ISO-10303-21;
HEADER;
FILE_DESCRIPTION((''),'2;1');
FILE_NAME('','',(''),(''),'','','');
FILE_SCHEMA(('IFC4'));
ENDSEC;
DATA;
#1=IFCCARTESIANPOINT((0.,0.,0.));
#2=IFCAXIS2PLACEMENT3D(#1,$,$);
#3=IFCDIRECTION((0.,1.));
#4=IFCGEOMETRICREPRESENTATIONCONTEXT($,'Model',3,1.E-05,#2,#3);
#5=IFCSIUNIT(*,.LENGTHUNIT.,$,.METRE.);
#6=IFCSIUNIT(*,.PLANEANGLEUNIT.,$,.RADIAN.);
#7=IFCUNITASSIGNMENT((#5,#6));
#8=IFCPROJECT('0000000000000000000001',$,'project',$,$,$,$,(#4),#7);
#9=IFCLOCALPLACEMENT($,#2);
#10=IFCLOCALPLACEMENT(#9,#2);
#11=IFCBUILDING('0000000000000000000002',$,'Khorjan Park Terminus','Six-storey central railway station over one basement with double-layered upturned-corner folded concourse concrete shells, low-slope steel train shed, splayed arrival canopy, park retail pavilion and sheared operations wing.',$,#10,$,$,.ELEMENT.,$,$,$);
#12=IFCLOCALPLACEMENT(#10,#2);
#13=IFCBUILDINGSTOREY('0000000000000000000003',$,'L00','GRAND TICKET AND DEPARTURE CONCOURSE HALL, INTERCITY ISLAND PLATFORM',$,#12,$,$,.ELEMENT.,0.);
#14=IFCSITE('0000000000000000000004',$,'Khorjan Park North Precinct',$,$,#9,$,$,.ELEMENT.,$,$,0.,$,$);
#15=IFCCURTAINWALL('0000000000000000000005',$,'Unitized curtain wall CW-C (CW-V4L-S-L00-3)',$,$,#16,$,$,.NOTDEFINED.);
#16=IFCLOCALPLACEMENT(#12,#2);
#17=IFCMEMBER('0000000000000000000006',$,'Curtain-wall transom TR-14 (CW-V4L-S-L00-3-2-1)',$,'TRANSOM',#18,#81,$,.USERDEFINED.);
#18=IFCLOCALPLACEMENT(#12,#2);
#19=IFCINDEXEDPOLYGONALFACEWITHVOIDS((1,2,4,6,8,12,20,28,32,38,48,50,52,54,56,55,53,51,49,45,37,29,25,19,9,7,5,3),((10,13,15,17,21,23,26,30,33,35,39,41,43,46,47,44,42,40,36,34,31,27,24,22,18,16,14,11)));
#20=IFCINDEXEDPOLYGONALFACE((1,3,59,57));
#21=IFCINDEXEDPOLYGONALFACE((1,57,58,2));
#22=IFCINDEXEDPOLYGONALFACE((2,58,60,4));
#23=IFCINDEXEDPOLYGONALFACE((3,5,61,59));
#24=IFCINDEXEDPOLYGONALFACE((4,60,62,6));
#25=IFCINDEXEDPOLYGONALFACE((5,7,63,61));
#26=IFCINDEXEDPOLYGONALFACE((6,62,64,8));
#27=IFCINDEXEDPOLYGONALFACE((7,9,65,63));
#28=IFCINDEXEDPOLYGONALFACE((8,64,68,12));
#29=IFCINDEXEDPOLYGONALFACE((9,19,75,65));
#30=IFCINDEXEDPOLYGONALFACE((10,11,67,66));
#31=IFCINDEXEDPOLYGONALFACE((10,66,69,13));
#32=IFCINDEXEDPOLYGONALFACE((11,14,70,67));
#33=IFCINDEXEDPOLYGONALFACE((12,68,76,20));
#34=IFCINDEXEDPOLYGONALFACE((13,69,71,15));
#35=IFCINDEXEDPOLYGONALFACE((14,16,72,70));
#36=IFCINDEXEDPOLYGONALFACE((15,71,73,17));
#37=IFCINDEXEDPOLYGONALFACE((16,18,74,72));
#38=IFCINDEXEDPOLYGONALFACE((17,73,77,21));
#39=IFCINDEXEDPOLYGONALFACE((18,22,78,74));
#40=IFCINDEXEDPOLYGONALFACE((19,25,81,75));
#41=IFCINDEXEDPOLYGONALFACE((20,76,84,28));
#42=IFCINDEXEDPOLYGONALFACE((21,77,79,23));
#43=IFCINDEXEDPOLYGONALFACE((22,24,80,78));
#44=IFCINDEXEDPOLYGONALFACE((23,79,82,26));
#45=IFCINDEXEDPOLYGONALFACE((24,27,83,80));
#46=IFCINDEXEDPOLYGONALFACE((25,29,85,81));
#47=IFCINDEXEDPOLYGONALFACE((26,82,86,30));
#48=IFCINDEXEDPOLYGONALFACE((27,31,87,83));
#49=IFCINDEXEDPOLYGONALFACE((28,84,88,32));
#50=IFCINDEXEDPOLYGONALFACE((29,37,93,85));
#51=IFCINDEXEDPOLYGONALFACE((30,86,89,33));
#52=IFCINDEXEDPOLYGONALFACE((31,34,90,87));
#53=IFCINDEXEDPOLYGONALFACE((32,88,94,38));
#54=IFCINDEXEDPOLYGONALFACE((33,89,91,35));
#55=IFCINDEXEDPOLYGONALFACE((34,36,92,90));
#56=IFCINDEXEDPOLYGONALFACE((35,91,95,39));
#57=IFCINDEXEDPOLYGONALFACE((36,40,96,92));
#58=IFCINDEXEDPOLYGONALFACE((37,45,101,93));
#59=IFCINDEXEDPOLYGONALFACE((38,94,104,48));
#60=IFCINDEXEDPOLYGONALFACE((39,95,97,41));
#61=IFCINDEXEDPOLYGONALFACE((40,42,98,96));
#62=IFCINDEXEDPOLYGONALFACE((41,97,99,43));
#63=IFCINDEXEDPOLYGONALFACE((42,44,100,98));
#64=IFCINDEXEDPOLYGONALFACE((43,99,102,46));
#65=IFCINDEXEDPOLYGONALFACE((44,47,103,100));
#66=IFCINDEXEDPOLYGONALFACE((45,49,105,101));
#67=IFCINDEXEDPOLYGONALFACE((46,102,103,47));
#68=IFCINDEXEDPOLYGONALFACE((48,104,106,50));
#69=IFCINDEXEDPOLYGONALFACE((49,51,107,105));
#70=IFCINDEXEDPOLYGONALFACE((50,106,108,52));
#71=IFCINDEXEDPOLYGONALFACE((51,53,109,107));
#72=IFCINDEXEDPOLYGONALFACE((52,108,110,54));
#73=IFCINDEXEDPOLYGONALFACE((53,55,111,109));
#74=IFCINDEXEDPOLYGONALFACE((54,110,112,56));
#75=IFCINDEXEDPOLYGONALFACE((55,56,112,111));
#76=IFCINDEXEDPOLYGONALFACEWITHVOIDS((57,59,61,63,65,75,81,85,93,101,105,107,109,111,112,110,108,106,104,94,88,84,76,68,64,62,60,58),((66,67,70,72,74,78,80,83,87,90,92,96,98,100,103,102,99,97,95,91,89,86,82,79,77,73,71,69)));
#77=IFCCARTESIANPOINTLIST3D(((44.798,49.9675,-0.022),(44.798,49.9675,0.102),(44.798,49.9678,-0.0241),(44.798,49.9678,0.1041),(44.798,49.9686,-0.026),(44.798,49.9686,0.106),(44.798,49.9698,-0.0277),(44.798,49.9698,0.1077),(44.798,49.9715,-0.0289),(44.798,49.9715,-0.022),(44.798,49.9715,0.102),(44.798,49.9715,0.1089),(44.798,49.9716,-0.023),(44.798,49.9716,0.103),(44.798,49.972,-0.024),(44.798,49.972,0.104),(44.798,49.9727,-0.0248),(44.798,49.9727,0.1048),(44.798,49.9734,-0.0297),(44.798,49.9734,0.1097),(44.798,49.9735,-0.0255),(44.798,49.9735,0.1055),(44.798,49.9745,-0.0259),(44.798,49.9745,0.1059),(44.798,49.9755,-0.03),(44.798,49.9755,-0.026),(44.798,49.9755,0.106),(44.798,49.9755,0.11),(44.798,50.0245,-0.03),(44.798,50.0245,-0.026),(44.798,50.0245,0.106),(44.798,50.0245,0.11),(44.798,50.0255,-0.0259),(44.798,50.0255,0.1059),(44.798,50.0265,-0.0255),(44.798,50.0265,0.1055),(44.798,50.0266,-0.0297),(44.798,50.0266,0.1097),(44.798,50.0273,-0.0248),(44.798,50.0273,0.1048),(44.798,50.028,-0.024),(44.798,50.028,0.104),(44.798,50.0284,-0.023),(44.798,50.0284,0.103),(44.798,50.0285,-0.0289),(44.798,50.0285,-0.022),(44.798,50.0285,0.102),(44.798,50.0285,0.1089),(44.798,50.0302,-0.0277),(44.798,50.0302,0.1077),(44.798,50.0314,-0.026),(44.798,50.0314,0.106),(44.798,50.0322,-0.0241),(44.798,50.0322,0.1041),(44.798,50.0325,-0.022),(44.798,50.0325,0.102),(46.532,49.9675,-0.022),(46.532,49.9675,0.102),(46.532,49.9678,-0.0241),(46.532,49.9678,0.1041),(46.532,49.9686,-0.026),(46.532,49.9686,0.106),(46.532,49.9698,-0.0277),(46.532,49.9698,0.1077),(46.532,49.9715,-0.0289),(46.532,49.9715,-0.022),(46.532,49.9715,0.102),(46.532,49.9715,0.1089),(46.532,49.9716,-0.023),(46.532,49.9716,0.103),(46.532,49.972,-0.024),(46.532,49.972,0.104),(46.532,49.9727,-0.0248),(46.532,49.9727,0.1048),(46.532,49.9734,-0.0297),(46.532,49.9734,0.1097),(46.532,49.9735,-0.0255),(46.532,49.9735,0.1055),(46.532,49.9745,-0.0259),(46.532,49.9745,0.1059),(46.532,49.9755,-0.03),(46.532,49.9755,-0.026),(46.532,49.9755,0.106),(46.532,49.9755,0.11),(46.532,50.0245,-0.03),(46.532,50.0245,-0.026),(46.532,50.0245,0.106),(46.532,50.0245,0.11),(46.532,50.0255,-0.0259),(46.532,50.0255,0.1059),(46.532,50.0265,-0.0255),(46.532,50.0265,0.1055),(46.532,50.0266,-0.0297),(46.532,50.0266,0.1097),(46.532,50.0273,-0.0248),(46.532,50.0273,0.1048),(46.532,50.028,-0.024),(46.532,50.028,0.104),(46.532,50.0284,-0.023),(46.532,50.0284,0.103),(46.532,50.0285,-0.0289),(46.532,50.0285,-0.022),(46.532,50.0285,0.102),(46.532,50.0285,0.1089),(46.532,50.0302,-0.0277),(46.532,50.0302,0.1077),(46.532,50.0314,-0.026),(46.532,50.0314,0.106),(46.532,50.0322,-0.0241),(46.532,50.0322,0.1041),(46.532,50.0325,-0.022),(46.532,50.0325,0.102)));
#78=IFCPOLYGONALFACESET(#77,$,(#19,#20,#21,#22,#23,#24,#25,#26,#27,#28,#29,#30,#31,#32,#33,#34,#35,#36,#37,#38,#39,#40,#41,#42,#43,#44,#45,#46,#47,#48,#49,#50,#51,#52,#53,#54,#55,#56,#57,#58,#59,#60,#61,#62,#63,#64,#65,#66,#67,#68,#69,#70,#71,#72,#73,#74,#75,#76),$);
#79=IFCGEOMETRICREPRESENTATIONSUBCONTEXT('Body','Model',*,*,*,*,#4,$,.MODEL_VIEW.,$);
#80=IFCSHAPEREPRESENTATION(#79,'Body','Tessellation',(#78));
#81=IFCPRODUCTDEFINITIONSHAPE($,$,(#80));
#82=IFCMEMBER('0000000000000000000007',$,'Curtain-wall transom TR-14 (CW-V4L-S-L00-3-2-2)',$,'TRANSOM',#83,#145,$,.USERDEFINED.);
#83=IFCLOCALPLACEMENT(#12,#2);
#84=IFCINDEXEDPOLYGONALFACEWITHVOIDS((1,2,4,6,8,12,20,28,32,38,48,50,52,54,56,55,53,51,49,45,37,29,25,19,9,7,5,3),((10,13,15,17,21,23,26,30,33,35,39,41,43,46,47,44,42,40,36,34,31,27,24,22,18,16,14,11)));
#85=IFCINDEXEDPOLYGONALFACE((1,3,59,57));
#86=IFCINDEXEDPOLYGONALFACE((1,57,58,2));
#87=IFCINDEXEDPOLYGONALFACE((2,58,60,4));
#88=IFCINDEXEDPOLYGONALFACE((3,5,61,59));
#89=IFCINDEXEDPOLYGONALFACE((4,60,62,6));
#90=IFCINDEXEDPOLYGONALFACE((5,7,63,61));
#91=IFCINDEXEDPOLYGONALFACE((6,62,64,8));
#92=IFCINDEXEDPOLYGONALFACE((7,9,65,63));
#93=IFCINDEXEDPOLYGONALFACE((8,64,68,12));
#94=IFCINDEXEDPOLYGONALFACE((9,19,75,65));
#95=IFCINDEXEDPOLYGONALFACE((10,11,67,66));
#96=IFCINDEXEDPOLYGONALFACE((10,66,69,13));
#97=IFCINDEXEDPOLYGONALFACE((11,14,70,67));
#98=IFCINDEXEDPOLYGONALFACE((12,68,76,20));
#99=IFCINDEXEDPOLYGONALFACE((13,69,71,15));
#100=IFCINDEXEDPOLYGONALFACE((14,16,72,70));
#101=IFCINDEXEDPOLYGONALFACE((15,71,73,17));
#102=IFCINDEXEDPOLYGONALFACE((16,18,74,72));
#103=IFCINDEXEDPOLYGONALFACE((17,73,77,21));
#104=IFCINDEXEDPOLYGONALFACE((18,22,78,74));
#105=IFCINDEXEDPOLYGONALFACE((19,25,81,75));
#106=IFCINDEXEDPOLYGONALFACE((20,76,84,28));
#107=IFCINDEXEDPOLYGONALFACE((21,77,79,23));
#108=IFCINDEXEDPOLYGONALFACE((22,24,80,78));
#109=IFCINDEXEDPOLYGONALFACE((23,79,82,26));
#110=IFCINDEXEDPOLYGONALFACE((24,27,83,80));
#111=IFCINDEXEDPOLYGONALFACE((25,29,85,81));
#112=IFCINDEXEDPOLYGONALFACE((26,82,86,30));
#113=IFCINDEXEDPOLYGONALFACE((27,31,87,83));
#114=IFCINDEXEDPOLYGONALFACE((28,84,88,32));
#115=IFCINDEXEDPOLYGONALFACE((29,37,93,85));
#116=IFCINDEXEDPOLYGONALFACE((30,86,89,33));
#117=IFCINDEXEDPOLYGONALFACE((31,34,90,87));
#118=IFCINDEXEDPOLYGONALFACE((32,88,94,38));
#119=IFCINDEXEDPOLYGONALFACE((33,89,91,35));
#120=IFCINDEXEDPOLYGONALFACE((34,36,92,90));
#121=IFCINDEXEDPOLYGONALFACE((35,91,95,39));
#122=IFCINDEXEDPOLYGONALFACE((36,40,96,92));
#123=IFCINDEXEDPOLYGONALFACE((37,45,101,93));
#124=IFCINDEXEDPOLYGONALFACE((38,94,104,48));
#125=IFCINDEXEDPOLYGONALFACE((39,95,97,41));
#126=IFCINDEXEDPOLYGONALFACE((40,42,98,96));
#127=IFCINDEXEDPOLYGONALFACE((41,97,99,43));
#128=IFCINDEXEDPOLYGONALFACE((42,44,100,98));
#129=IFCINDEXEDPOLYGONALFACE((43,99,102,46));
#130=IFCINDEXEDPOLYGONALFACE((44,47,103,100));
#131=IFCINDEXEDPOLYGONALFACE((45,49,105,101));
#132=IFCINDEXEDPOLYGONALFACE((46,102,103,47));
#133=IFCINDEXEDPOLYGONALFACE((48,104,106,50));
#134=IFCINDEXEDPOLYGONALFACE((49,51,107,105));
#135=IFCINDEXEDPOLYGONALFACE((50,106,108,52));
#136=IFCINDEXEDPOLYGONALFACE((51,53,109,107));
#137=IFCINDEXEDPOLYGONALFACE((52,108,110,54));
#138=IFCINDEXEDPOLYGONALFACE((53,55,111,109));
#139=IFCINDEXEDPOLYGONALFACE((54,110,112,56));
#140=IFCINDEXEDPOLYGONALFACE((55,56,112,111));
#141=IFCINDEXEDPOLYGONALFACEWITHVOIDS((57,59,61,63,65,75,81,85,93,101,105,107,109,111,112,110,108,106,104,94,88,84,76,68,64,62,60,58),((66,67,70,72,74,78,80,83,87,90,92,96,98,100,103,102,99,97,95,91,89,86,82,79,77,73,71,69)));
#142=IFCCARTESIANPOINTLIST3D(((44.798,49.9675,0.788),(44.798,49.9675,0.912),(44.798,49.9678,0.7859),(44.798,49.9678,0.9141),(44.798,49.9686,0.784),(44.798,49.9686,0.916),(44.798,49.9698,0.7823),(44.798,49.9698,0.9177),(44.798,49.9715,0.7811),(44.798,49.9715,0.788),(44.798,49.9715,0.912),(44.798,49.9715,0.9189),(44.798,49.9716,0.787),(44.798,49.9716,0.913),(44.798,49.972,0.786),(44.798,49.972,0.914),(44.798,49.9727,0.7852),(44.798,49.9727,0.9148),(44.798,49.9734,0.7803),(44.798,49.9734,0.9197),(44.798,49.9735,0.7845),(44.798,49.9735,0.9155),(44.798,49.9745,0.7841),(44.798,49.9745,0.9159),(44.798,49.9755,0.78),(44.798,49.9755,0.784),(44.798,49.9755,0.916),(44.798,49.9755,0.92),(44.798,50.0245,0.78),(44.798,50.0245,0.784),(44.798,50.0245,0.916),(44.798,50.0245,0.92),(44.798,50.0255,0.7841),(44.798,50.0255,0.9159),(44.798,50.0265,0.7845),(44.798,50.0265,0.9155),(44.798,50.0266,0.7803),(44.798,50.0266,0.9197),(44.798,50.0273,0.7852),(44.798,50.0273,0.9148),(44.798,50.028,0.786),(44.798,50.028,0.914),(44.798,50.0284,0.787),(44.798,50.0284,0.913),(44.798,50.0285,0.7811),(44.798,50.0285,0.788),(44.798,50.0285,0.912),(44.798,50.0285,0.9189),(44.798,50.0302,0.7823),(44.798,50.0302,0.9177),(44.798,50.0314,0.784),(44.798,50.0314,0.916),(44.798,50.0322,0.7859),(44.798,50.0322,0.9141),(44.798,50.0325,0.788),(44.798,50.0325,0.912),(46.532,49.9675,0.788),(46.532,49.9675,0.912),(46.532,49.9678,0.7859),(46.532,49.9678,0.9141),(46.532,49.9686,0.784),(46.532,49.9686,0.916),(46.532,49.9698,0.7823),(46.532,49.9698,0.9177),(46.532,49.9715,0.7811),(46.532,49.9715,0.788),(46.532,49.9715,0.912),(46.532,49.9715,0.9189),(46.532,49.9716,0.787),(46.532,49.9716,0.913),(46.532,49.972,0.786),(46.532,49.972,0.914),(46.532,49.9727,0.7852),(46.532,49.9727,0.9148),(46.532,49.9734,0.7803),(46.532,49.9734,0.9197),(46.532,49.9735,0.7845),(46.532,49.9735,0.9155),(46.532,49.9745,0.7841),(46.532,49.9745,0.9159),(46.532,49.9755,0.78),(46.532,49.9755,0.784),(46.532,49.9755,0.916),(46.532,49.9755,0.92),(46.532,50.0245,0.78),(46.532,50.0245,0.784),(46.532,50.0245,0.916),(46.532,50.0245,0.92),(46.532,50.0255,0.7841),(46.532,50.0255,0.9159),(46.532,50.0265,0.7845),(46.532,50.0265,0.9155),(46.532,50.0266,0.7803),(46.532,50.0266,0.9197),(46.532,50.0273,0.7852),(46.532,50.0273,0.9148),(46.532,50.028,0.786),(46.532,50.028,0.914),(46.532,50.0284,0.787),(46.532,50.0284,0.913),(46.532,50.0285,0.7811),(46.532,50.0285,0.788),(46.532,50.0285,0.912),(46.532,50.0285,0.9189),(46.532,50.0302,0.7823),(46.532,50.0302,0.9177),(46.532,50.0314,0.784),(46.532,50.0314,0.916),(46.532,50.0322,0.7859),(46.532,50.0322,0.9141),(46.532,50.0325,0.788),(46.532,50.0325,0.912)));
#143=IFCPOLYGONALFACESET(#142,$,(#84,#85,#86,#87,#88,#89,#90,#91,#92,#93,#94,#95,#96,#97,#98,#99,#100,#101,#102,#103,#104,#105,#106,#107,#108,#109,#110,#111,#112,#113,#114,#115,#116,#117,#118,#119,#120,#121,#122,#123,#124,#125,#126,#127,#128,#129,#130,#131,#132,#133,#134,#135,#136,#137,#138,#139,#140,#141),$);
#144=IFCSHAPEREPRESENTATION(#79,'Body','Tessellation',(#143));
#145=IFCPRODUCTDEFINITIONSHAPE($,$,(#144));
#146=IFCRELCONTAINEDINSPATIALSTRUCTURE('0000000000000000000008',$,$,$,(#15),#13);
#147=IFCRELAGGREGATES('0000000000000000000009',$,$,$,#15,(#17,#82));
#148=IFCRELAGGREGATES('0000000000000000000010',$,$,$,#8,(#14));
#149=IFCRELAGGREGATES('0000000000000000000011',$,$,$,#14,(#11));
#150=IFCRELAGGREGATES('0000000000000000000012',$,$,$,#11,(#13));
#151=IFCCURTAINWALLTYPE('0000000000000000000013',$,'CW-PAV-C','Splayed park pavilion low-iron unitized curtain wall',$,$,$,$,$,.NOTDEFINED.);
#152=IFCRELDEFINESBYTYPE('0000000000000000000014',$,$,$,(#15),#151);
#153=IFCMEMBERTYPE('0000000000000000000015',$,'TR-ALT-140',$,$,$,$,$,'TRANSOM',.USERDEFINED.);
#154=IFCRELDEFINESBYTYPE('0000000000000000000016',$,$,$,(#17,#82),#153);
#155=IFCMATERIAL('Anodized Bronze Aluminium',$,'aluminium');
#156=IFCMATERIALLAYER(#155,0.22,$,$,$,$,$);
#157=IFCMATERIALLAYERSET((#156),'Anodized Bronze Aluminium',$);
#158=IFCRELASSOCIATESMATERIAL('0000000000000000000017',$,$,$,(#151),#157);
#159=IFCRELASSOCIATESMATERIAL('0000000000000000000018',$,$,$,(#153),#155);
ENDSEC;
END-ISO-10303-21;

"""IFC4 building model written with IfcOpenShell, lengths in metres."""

from ifc_helpers import new_model, si_unit, direction, frame, origin, origin_2d, place, context, subcontext, project, spatial, hollow_rectangle, extrude, material, layer, layer_set, material_profile, profile_set, type_object, element, aggregate, save


model = new_model("IFC4")

# Units and contexts
model_context = context("Model", 3, precision=1e-05, world=origin(), true_north=direction((0.0, 1.0)))
body_context = subcontext(model_context, "Body", "Model", "MODEL_VIEW")
ifc_project = project(units=[si_unit("LENGTHUNIT", "METRE"), si_unit("PLANEANGLEUNIT", "RADIAN")], contexts=[model_context])

# Site, building, storey
site_placement = place(None, origin())
site = spatial("IfcSite", under=ifc_project, at=site_placement, Name="Khorjan Park North Precinct", CompositionType="ELEMENT", RefElevation=0.0)
building_placement = place(site_placement, origin())
building = spatial("IfcBuilding", under=site, at=building_placement, Name="Khorjan Park Terminus", Description="Six-storey central railway station over one basement with double-layered upturned-corner folded concourse concrete shells, low-slope steel train shed, splayed arrival canopy, park retail pavilion and sheared operations wing.", CompositionType="ELEMENT")
storey_placement = place(building_placement, origin())
storey = spatial("IfcBuildingStorey", under=building, at=storey_placement, Name="L00", Description="GRAND TICKET AND DEPARTURE CONCOURSE HALL, INTERCITY ISLAND PLATFORM", CompositionType="ELEMENT", Elevation=0.0)

# Shared definitions
ifc_material_1 = material(Name="Anodized Bronze Aluminium", Category="aluminium")
ifc_layer_1 = layer(ifc_material_1, 0.22)
ifc_layer_set_1 = layer_set([ifc_layer_1], Name="Anodized Bronze Aluminium")
curtain_wall_type = type_object("IfcCurtainWallType", Name="CW-PAV-C", Description="Splayed park pavilion low-iron unitized curtain wall", PredefinedType="NOTDEFINED", material=ifc_layer_set_1)

# Curtain wall, members
curtain_wall_1_placement = place(storey_placement, origin())
curtain_wall_1 = element("IfcCurtainWall", 1, at=curtain_wall_1_placement, inside=storey, type_object=curtain_wall_type, Name="Unitized curtain wall CW-C (CW-V4L-S-L00-3)", PredefinedType="NOTDEFINED")
ifc_material_profile_1 = material_profile(ifc_material_1, hollow_rectangle(XDim=0.065, YDim=0.14, WallThickness=0.004, InnerFilletRadius=0.004, OuterFilletRadius=0.008, at=origin_2d()), Name="ALT 65x140x4")
ifc_profile_set_1 = profile_set([ifc_material_profile_1], Name="Anodized Bronze Aluminium")
member_type_1 = type_object("IfcMemberType", Name="TR-ALT-140", ElementType="TRANSOM", PredefinedType="USERDEFINED", material=ifc_profile_set_1)
member_1_placement = place(storey_placement, frame((44.798, 50.0, 0.04), z_axis=(1.0, 0.0, 0.0), x_axis=(0.0, 1.0, 0.0)))
member_1 = element("IfcMember", 2, at=member_1_placement, type_object=member_type_1, Name="Curtain-wall transom TR-14 (CW-V4L-S-L00-3-2-1)", ObjectType="TRANSOM", PredefinedType="USERDEFINED", context=body_context, shape_type="SweptSolid", body=[
    extrude(hollow_rectangle(XDim=0.065, YDim=0.14, WallThickness=0.004, InnerFilletRadius=0.004, OuterFilletRadius=0.008, at=origin_2d()), origin(), (0.0, 0.0, 1.0), 1.734),
])
member_2_placement = place(storey_placement, frame((44.798, 50.0, 0.85), z_axis=(1.0, 0.0, 0.0), x_axis=(0.0, 1.0, 0.0)))
member_2 = element("IfcMember", 3, at=member_2_placement, type_object=member_type_1, Name="Curtain-wall transom TR-14 (CW-V4L-S-L00-3-2-2)", ObjectType="TRANSOM", PredefinedType="USERDEFINED", context=body_context, shape_type="SweptSolid", body=[
    extrude(hollow_rectangle(XDim=0.065, YDim=0.14, WallThickness=0.004, InnerFilletRadius=0.004, OuterFilletRadius=0.008, at=origin_2d()), origin(), (0.0, 0.0, 1.0), 1.734),
])
aggregate(curtain_wall_1, [member_1, member_2])

save(model, "model.ifc")
